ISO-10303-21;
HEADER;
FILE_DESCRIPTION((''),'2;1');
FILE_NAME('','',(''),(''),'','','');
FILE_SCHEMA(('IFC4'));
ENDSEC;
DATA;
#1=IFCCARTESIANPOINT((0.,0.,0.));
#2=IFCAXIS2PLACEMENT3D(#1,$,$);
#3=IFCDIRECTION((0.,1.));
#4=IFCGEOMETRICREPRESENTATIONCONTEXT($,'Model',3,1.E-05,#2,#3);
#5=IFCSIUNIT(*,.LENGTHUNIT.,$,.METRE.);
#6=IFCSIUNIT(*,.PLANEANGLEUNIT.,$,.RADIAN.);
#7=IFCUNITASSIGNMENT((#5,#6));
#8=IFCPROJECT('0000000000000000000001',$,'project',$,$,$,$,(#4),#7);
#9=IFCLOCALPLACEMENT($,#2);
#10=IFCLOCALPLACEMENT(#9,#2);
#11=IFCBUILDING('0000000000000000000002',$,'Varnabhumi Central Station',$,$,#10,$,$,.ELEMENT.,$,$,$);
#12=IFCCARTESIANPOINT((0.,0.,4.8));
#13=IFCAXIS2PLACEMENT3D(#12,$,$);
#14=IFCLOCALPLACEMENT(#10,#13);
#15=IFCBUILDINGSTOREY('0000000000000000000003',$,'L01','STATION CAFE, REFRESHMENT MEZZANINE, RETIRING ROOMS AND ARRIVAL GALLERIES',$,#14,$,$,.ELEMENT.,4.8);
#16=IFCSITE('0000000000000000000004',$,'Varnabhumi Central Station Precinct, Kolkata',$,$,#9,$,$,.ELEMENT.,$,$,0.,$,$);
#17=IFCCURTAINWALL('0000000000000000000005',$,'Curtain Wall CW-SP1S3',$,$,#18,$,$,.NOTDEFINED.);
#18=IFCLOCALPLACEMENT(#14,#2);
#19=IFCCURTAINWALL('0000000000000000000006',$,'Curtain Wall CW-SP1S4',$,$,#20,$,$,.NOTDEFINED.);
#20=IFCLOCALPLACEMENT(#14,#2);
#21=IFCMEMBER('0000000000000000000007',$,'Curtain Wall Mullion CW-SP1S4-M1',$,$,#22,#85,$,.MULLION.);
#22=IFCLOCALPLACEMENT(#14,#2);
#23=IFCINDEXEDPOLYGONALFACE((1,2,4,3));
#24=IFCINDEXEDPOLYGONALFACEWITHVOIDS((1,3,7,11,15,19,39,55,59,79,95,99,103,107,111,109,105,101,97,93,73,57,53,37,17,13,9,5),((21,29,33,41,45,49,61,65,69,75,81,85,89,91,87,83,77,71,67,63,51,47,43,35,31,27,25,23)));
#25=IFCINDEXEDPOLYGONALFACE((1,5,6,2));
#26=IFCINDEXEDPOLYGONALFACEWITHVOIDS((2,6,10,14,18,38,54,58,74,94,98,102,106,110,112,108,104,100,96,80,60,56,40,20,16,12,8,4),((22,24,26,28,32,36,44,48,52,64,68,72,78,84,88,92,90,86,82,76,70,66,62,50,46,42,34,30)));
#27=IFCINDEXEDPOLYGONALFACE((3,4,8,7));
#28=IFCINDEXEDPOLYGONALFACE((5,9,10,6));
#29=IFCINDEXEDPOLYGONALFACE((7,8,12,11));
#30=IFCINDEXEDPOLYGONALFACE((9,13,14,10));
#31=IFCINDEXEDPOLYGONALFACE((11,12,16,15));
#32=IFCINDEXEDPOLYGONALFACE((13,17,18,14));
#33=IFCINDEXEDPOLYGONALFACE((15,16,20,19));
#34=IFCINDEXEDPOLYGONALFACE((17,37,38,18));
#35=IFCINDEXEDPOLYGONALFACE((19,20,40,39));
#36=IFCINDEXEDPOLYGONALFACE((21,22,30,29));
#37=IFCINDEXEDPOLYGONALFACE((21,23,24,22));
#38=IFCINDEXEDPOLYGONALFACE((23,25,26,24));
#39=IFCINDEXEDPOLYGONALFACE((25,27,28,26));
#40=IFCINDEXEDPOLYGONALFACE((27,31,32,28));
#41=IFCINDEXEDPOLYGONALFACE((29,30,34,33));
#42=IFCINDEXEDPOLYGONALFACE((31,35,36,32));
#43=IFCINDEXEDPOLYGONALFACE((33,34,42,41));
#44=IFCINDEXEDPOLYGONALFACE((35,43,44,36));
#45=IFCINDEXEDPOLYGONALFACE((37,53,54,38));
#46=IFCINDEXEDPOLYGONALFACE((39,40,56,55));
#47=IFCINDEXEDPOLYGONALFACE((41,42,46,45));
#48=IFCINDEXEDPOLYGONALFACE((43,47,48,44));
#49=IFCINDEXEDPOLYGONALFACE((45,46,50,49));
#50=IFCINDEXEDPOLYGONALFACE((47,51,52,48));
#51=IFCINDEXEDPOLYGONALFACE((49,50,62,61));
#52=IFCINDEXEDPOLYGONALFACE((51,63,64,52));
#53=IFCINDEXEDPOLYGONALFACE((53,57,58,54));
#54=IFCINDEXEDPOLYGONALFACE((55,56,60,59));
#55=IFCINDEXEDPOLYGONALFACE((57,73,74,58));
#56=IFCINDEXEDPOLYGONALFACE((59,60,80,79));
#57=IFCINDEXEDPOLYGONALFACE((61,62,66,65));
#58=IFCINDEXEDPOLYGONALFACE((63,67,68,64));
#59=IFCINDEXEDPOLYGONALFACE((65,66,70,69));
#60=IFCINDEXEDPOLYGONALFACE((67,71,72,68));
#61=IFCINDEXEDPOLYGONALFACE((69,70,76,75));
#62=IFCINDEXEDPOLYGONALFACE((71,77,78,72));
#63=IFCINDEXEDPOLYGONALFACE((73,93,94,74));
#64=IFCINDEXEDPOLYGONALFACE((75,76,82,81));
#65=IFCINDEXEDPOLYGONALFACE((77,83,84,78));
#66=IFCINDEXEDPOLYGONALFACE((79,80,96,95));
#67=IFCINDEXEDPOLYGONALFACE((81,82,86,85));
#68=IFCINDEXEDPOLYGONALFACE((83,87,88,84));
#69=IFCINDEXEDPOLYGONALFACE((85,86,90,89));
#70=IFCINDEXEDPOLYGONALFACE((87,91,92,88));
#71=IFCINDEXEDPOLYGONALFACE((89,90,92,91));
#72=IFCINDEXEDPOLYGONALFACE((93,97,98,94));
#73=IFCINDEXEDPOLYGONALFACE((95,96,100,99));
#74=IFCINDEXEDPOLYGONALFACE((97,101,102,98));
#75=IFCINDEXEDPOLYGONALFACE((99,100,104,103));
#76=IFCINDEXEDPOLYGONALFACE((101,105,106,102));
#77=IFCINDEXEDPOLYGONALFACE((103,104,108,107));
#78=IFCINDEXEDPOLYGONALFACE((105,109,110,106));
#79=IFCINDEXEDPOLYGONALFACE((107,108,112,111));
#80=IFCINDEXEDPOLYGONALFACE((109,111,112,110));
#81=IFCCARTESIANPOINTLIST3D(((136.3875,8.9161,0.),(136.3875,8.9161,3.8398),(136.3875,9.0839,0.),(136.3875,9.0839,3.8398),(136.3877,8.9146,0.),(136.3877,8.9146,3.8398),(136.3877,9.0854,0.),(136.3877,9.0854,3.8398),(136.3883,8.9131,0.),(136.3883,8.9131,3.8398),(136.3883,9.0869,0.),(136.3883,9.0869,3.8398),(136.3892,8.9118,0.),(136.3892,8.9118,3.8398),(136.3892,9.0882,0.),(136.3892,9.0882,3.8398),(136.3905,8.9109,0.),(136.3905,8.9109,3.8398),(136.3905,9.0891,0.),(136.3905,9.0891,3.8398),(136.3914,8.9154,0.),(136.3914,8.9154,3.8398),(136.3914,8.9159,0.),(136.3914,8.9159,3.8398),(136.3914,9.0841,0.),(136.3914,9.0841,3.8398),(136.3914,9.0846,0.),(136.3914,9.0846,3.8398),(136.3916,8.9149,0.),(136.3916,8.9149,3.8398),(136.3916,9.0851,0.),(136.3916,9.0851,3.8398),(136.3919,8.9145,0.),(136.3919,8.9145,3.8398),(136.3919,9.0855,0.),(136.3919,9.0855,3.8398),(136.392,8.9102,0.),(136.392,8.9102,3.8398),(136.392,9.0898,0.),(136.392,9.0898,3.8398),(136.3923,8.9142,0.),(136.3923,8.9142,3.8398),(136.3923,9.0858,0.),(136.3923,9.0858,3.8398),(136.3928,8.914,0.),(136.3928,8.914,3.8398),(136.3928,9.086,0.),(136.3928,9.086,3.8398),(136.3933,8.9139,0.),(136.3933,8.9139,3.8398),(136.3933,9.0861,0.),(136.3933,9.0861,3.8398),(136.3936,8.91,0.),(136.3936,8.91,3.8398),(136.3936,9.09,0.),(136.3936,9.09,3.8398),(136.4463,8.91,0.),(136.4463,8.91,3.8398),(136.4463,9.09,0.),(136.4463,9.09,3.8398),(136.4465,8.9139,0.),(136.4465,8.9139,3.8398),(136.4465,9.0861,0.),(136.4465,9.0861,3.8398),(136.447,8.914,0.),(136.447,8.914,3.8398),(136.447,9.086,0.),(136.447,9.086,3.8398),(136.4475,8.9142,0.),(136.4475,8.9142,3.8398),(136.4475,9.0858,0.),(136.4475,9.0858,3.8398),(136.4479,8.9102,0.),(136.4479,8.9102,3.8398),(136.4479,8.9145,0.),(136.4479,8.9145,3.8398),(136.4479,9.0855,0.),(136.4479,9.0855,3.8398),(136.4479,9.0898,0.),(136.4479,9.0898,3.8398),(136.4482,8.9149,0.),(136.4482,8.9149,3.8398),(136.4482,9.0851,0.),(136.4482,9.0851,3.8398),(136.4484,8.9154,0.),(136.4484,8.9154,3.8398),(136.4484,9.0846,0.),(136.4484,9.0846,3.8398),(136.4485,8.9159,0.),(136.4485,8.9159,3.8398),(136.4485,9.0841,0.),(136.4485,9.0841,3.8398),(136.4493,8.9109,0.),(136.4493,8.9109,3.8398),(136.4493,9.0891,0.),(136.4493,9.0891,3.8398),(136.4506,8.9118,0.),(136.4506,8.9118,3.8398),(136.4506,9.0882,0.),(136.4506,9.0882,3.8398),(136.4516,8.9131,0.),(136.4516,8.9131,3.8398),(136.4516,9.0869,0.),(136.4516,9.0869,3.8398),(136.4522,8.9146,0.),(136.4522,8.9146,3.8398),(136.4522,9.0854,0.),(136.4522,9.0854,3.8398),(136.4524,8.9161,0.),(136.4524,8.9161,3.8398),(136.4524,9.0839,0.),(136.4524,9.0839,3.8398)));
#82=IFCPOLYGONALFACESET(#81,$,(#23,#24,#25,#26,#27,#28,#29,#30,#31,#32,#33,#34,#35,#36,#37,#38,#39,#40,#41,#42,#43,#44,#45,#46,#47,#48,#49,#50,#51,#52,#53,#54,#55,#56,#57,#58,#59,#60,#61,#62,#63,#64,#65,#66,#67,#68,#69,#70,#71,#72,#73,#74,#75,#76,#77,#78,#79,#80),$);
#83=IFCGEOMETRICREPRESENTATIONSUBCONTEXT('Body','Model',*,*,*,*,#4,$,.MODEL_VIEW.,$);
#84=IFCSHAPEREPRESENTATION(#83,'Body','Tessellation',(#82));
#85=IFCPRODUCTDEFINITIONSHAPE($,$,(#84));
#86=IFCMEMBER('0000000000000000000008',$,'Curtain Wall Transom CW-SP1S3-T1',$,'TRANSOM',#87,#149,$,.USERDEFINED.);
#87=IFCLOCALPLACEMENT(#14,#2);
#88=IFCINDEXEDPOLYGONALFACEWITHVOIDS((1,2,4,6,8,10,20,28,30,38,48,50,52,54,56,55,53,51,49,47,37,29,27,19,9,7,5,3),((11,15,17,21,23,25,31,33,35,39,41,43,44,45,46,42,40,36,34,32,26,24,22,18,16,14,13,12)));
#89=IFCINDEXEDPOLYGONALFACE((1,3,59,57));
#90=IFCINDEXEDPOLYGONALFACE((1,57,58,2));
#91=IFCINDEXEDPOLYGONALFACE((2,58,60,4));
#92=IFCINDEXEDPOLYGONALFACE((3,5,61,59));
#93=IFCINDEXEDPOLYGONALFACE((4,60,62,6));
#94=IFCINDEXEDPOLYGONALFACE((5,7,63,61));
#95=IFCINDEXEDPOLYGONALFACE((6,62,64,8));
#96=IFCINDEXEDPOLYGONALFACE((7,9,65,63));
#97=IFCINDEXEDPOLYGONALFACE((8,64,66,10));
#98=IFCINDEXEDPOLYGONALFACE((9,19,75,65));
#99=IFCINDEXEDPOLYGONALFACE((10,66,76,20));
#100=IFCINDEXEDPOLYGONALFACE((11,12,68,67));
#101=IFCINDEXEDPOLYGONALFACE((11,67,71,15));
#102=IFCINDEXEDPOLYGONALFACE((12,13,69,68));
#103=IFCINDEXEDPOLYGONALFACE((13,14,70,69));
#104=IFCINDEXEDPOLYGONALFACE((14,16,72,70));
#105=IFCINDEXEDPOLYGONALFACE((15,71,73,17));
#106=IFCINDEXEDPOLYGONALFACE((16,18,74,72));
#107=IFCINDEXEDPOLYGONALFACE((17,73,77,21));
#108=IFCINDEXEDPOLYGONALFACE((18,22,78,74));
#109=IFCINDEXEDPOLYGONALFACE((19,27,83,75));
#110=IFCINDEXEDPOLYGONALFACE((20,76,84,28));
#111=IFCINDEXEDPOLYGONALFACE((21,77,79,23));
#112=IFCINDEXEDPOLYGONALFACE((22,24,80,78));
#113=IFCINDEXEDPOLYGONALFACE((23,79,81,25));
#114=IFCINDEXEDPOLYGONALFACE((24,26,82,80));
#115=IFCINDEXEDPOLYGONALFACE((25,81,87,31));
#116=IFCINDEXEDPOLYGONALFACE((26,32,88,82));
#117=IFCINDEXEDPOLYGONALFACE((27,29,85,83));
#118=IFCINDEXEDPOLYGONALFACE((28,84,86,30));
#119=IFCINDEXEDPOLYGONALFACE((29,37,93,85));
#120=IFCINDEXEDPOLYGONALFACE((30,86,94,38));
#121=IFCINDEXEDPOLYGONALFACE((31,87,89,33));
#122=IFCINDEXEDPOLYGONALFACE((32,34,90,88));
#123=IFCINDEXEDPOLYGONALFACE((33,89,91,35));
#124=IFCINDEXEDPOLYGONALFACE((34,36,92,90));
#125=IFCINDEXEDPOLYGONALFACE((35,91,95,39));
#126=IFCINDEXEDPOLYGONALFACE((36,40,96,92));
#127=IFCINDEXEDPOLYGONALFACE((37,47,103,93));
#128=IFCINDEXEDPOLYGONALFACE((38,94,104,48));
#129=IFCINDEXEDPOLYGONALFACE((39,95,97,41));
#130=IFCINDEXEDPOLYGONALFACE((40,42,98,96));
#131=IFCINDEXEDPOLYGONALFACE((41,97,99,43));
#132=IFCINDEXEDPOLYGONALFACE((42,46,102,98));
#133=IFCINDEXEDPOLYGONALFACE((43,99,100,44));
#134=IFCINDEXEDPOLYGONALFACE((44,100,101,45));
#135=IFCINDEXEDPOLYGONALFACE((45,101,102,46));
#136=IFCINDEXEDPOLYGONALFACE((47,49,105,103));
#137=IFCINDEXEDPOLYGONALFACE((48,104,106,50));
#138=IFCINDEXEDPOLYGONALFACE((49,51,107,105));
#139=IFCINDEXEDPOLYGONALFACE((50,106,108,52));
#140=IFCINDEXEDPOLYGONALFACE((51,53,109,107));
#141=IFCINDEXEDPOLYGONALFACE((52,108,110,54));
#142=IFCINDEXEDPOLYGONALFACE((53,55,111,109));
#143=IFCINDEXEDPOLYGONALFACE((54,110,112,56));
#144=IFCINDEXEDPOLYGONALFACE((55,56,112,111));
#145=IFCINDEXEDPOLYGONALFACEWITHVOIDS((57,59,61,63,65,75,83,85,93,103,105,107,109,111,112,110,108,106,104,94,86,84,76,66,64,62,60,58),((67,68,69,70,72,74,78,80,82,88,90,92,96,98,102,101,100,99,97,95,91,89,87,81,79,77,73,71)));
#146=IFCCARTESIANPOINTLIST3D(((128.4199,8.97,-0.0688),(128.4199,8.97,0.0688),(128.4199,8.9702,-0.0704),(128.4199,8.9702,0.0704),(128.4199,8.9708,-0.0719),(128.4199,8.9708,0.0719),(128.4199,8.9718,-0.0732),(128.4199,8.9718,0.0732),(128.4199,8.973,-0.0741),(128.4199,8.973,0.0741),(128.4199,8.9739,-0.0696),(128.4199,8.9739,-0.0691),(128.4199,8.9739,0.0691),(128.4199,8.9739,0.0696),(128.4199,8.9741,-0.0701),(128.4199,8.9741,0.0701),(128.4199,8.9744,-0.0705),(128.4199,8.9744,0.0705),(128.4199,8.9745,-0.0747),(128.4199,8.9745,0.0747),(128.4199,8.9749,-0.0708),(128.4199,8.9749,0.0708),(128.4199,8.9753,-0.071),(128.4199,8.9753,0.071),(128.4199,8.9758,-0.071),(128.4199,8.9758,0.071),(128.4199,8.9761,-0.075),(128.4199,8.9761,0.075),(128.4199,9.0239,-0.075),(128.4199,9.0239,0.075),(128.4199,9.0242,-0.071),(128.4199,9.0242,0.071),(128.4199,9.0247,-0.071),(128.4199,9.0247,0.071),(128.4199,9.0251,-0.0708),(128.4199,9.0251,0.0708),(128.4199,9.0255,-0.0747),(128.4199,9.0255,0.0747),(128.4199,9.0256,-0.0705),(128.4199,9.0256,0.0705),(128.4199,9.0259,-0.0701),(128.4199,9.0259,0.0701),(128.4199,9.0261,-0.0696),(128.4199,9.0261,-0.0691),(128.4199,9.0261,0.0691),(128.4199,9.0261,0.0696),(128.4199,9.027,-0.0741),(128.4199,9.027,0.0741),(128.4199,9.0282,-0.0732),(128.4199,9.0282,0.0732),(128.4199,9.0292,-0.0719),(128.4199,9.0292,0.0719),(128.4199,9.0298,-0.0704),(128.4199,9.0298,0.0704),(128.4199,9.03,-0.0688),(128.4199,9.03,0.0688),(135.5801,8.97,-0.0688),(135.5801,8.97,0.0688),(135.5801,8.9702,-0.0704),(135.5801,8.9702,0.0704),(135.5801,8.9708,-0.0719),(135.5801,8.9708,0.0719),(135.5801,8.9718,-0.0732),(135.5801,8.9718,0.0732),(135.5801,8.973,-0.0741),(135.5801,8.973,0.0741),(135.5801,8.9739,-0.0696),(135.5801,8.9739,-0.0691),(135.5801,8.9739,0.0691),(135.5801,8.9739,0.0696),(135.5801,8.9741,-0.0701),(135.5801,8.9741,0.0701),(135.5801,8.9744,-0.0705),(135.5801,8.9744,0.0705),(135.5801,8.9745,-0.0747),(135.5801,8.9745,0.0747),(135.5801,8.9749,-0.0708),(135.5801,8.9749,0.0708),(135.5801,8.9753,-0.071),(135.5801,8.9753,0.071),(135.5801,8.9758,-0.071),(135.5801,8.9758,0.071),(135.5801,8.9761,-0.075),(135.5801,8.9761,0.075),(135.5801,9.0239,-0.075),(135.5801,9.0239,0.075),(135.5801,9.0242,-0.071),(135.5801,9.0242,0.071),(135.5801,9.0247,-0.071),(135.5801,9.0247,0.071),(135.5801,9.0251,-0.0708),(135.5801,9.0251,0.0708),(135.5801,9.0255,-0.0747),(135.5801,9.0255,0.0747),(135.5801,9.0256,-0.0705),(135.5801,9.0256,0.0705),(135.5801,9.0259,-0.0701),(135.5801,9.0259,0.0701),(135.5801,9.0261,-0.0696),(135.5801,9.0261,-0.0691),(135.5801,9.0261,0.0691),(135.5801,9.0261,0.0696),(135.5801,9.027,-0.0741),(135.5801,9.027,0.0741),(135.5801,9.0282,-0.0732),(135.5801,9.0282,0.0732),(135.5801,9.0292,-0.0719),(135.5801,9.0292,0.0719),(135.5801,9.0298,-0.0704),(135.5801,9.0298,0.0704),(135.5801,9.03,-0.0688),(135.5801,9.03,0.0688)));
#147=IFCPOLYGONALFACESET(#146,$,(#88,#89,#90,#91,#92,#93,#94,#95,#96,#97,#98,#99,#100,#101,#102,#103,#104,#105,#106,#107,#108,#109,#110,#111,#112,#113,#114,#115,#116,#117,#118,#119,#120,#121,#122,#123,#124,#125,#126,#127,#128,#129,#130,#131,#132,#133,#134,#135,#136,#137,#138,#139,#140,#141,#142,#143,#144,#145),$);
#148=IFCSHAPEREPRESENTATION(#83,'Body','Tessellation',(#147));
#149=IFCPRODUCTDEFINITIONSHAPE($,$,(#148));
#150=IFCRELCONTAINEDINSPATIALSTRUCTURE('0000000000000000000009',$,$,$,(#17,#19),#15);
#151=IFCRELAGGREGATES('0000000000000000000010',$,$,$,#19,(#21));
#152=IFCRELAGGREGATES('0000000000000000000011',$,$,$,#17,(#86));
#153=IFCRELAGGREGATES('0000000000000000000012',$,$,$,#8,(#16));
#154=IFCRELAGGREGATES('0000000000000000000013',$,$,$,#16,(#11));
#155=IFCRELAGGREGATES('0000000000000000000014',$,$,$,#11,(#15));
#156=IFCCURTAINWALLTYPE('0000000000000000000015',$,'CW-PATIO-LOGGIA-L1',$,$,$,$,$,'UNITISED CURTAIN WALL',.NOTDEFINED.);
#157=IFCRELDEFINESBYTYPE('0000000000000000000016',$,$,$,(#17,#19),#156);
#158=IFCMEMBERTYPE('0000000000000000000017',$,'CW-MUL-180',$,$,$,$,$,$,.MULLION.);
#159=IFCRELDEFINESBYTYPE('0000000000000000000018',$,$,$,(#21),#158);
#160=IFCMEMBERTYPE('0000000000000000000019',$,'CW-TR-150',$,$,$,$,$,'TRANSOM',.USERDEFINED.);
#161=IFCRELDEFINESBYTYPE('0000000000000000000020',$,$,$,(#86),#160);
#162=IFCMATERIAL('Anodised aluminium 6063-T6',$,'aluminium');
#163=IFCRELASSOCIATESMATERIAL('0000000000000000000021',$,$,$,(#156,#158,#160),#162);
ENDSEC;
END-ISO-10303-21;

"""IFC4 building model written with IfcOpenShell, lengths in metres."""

from ifc_helpers import new_model, si_unit, direction, frame, origin, origin_2d, place, context, subcontext, project, spatial, hollow_rectangle, extrude, material, material_profile, profile_set, type_object, element, aggregate, save


model = new_model("IFC4")

# Units and contexts
model_context = context("Model", 3, precision=1e-05, world=origin(), true_north=direction((0.0, 1.0)))
body_context = subcontext(model_context, "Body", "Model", "MODEL_VIEW")
ifc_project = project(units=[si_unit("LENGTHUNIT", "METRE"), si_unit("PLANEANGLEUNIT", "RADIAN")], contexts=[model_context])

# Site, building, storey
site_placement = place(None, origin())
site = spatial("IfcSite", under=ifc_project, at=site_placement, Name="Varnabhumi Central Station Precinct, Kolkata", CompositionType="ELEMENT", RefElevation=0.0)
building_placement = place(site_placement, origin())
building = spatial("IfcBuilding", under=site, at=building_placement, Name="Varnabhumi Central Station", CompositionType="ELEMENT")
storey_placement = place(building_placement, frame((0.0, 0.0, 4.8)))
storey = spatial("IfcBuildingStorey", under=building, at=storey_placement, Name="L01", Description="STATION CAFE, REFRESHMENT MEZZANINE, RETIRING ROOMS AND ARRIVAL GALLERIES", CompositionType="ELEMENT", Elevation=4.8)

# Curtain wall
ifc_material_1 = material(Name="Anodised aluminium 6063-T6", Category="aluminium")
curtain_wall_type = type_object("IfcCurtainWallType", Name="CW-PATIO-LOGGIA-L1", ElementType="UNITISED CURTAIN WALL", PredefinedType="NOTDEFINED", material=ifc_material_1)
curtain_wall_1_placement = place(storey_placement, origin())
curtain_wall_1 = element("IfcCurtainWall", 1, at=curtain_wall_1_placement, inside=storey, type_object=curtain_wall_type, Name="Curtain Wall CW-SP1S3", PredefinedType="NOTDEFINED")
ifc_material_profile_1 = material_profile(ifc_material_1, hollow_rectangle(XDim=0.0649, YDim=0.1799, WallThickness=0.0039, InnerFilletRadius=0.002, OuterFilletRadius=0.0061, at=origin_2d()), Name="Anodised aluminium 6063-T6", Category="aluminium")
ifc_profile_set_1 = profile_set([ifc_material_profile_1], Name="Anodised aluminium 6063-T6")
member_type_1 = type_object("IfcMemberType", Name="CW-MUL-180", PredefinedType="MULLION", material=ifc_profile_set_1)

# Curtain wall, member
curtain_wall_2_placement = place(storey_placement, origin())
curtain_wall_2 = element("IfcCurtainWall", 2, at=curtain_wall_2_placement, inside=storey, type_object=curtain_wall_type, Name="Curtain Wall CW-SP1S4", PredefinedType="NOTDEFINED")
member_1_placement = place(storey_placement, frame((136.4199, 9.0, 0.0), z_axis=(0.0, 0.0, 1.0), x_axis=(1.0, 0.0, 0.0)))
member_1 = element("IfcMember", 3, at=member_1_placement, type_object=member_type_1, Name="Curtain Wall Mullion CW-SP1S4-M1", PredefinedType="MULLION", context=body_context, shape_type="SweptSolid", body=[
    extrude(hollow_rectangle(XDim=0.0649, YDim=0.1799, WallThickness=0.0039, InnerFilletRadius=0.002, OuterFilletRadius=0.0061, at=origin_2d()), origin(), (0.0, 0.0, 1.0), 3.8398),
])

# Member
ifc_material_profile_2 = material_profile(ifc_material_1, hollow_rectangle(XDim=0.0601, YDim=0.1499, WallThickness=0.0039, InnerFilletRadius=0.002, OuterFilletRadius=0.0061, at=origin_2d()), Name="Anodised aluminium 6063-T6", Category="aluminium")
ifc_profile_set_2 = profile_set([ifc_material_profile_2], Name="Anodised aluminium 6063-T6")
member_type_2 = type_object("IfcMemberType", Name="CW-TR-150", ElementType="TRANSOM", PredefinedType="USERDEFINED", material=ifc_profile_set_2)
member_2_placement = place(storey_placement, frame((128.4199, 9.0, 0.0), z_axis=(1.0, 0.0, 0.0), x_axis=(0.0, 1.0, 0.0)))
member_2 = element("IfcMember", 4, at=member_2_placement, type_object=member_type_2, Name="Curtain Wall Transom CW-SP1S3-T1", ObjectType="TRANSOM", PredefinedType="USERDEFINED", context=body_context, shape_type="SweptSolid", body=[
    extrude(hollow_rectangle(XDim=0.0601, YDim=0.1499, WallThickness=0.0039, InnerFilletRadius=0.002, OuterFilletRadius=0.0061, at=origin_2d()), origin(), (0.0, 0.0, 1.0), 7.1602),
])
aggregate(curtain_wall_2, [member_1])

aggregate(curtain_wall_1, [member_2])

save(model, "model.ifc")
